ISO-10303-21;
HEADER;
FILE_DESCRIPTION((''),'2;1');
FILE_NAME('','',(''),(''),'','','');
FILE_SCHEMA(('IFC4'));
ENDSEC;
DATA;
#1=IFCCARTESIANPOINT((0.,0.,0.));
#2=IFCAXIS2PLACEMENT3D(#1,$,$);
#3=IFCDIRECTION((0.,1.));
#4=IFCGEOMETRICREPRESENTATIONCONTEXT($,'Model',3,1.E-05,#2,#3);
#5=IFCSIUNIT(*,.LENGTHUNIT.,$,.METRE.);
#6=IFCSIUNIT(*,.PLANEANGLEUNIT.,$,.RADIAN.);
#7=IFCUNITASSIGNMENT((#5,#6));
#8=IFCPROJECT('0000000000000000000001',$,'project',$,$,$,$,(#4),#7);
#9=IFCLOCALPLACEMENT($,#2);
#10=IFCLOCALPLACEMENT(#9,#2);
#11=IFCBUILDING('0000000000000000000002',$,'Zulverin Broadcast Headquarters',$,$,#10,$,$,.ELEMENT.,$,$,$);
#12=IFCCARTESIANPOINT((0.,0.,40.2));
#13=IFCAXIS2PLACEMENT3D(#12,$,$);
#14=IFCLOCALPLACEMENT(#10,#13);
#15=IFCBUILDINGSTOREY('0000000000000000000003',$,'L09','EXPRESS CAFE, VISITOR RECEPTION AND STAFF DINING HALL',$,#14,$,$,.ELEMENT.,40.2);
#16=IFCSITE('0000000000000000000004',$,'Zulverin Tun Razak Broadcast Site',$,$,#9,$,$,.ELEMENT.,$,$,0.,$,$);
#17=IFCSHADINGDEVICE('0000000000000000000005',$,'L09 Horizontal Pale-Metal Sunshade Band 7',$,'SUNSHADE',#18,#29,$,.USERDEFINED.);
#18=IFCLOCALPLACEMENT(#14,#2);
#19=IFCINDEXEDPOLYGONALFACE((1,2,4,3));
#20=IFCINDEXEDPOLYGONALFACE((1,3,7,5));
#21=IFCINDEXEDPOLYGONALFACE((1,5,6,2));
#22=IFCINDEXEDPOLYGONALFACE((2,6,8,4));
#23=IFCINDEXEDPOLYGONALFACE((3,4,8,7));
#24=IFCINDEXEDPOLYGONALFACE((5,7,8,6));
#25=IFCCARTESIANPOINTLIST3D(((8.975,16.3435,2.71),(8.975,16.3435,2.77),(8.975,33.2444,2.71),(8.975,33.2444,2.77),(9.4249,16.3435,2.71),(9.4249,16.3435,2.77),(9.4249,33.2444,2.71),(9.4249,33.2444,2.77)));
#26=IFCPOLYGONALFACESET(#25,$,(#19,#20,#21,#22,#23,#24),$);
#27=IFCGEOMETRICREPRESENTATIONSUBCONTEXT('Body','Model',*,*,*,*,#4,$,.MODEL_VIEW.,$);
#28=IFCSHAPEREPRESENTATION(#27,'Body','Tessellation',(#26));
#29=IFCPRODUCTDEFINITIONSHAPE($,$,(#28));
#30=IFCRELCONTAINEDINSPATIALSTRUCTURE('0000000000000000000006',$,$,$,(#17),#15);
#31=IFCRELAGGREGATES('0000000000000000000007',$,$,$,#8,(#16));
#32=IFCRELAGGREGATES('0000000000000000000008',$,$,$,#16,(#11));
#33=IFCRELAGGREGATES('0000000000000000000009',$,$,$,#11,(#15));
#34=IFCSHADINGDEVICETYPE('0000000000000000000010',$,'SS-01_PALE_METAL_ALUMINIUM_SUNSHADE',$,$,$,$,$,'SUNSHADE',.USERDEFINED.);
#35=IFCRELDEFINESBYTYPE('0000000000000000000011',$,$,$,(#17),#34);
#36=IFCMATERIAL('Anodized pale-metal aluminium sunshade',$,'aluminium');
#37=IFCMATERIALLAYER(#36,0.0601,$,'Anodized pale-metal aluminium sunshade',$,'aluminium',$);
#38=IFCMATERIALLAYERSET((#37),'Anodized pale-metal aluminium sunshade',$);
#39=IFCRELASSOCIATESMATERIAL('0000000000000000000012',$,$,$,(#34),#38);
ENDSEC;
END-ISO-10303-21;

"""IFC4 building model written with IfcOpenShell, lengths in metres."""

from ifc_helpers import new_model, si_unit, direction, frame, origin, origin_2d, place, context, subcontext, project, spatial, rectangle, extrude, material, layer, layer_set, type_object, element, save


model = new_model("IFC4")

# Units and contexts
model_context = context("Model", 3, precision=1e-05, world=origin(), true_north=direction((0.0, 1.0)))
body_context = subcontext(model_context, "Body", "Model", "MODEL_VIEW")
ifc_project = project(units=[si_unit("LENGTHUNIT", "METRE"), si_unit("PLANEANGLEUNIT", "RADIAN")], contexts=[model_context])

# Site, building, storey
site_placement = place(None, origin())
site = spatial("IfcSite", under=ifc_project, at=site_placement, Name="Zulverin Tun Razak Broadcast Site", CompositionType="ELEMENT", RefElevation=0.0)
building_placement = place(site_placement, origin())
building = spatial("IfcBuilding", under=site, at=building_placement, Name="Zulverin Broadcast Headquarters", CompositionType="ELEMENT")
storey_placement = place(building_placement, frame((0.0, 0.0, 40.2)))
storey = spatial("IfcBuildingStorey", under=building, at=storey_placement, Name="L09", Description="EXPRESS CAFE, VISITOR RECEPTION AND STAFF DINING HALL", CompositionType="ELEMENT", Elevation=40.2)

# Shading device
ifc_material_1 = material(Name="Anodized pale-metal aluminium sunshade", Category="aluminium")
ifc_layer_1 = layer(ifc_material_1, 0.0601, Name="Anodized pale-metal aluminium sunshade", Category="aluminium")
ifc_layer_set_1 = layer_set([ifc_layer_1], Name="Anodized pale-metal aluminium sunshade")
shading_device_type = type_object("IfcShadingDeviceType", Name="SS-01_PALE_METAL_ALUMINIUM_SUNSHADE", ElementType="SUNSHADE", PredefinedType="USERDEFINED", material=ifc_layer_set_1)
shading_device_placement = place(storey_placement, frame((9.2, 24.7939, 2.71), z_axis=(0.0, 0.0, 1.0), x_axis=(0.0, -1.0, 0.0)))
element("IfcShadingDevice", 1, at=shading_device_placement, inside=storey, type_object=shading_device_type, Name="L09 Horizontal Pale-Metal Sunshade Band 7", ObjectType="SUNSHADE", PredefinedType="USERDEFINED", context=body_context, shape_type="SweptSolid", body=[
    extrude(rectangle(XDim=16.9009, YDim=0.45, at=origin_2d()), origin(), (0.0, 0.0, 1.0), 0.0601),
])

save(model, "model.ifc")
